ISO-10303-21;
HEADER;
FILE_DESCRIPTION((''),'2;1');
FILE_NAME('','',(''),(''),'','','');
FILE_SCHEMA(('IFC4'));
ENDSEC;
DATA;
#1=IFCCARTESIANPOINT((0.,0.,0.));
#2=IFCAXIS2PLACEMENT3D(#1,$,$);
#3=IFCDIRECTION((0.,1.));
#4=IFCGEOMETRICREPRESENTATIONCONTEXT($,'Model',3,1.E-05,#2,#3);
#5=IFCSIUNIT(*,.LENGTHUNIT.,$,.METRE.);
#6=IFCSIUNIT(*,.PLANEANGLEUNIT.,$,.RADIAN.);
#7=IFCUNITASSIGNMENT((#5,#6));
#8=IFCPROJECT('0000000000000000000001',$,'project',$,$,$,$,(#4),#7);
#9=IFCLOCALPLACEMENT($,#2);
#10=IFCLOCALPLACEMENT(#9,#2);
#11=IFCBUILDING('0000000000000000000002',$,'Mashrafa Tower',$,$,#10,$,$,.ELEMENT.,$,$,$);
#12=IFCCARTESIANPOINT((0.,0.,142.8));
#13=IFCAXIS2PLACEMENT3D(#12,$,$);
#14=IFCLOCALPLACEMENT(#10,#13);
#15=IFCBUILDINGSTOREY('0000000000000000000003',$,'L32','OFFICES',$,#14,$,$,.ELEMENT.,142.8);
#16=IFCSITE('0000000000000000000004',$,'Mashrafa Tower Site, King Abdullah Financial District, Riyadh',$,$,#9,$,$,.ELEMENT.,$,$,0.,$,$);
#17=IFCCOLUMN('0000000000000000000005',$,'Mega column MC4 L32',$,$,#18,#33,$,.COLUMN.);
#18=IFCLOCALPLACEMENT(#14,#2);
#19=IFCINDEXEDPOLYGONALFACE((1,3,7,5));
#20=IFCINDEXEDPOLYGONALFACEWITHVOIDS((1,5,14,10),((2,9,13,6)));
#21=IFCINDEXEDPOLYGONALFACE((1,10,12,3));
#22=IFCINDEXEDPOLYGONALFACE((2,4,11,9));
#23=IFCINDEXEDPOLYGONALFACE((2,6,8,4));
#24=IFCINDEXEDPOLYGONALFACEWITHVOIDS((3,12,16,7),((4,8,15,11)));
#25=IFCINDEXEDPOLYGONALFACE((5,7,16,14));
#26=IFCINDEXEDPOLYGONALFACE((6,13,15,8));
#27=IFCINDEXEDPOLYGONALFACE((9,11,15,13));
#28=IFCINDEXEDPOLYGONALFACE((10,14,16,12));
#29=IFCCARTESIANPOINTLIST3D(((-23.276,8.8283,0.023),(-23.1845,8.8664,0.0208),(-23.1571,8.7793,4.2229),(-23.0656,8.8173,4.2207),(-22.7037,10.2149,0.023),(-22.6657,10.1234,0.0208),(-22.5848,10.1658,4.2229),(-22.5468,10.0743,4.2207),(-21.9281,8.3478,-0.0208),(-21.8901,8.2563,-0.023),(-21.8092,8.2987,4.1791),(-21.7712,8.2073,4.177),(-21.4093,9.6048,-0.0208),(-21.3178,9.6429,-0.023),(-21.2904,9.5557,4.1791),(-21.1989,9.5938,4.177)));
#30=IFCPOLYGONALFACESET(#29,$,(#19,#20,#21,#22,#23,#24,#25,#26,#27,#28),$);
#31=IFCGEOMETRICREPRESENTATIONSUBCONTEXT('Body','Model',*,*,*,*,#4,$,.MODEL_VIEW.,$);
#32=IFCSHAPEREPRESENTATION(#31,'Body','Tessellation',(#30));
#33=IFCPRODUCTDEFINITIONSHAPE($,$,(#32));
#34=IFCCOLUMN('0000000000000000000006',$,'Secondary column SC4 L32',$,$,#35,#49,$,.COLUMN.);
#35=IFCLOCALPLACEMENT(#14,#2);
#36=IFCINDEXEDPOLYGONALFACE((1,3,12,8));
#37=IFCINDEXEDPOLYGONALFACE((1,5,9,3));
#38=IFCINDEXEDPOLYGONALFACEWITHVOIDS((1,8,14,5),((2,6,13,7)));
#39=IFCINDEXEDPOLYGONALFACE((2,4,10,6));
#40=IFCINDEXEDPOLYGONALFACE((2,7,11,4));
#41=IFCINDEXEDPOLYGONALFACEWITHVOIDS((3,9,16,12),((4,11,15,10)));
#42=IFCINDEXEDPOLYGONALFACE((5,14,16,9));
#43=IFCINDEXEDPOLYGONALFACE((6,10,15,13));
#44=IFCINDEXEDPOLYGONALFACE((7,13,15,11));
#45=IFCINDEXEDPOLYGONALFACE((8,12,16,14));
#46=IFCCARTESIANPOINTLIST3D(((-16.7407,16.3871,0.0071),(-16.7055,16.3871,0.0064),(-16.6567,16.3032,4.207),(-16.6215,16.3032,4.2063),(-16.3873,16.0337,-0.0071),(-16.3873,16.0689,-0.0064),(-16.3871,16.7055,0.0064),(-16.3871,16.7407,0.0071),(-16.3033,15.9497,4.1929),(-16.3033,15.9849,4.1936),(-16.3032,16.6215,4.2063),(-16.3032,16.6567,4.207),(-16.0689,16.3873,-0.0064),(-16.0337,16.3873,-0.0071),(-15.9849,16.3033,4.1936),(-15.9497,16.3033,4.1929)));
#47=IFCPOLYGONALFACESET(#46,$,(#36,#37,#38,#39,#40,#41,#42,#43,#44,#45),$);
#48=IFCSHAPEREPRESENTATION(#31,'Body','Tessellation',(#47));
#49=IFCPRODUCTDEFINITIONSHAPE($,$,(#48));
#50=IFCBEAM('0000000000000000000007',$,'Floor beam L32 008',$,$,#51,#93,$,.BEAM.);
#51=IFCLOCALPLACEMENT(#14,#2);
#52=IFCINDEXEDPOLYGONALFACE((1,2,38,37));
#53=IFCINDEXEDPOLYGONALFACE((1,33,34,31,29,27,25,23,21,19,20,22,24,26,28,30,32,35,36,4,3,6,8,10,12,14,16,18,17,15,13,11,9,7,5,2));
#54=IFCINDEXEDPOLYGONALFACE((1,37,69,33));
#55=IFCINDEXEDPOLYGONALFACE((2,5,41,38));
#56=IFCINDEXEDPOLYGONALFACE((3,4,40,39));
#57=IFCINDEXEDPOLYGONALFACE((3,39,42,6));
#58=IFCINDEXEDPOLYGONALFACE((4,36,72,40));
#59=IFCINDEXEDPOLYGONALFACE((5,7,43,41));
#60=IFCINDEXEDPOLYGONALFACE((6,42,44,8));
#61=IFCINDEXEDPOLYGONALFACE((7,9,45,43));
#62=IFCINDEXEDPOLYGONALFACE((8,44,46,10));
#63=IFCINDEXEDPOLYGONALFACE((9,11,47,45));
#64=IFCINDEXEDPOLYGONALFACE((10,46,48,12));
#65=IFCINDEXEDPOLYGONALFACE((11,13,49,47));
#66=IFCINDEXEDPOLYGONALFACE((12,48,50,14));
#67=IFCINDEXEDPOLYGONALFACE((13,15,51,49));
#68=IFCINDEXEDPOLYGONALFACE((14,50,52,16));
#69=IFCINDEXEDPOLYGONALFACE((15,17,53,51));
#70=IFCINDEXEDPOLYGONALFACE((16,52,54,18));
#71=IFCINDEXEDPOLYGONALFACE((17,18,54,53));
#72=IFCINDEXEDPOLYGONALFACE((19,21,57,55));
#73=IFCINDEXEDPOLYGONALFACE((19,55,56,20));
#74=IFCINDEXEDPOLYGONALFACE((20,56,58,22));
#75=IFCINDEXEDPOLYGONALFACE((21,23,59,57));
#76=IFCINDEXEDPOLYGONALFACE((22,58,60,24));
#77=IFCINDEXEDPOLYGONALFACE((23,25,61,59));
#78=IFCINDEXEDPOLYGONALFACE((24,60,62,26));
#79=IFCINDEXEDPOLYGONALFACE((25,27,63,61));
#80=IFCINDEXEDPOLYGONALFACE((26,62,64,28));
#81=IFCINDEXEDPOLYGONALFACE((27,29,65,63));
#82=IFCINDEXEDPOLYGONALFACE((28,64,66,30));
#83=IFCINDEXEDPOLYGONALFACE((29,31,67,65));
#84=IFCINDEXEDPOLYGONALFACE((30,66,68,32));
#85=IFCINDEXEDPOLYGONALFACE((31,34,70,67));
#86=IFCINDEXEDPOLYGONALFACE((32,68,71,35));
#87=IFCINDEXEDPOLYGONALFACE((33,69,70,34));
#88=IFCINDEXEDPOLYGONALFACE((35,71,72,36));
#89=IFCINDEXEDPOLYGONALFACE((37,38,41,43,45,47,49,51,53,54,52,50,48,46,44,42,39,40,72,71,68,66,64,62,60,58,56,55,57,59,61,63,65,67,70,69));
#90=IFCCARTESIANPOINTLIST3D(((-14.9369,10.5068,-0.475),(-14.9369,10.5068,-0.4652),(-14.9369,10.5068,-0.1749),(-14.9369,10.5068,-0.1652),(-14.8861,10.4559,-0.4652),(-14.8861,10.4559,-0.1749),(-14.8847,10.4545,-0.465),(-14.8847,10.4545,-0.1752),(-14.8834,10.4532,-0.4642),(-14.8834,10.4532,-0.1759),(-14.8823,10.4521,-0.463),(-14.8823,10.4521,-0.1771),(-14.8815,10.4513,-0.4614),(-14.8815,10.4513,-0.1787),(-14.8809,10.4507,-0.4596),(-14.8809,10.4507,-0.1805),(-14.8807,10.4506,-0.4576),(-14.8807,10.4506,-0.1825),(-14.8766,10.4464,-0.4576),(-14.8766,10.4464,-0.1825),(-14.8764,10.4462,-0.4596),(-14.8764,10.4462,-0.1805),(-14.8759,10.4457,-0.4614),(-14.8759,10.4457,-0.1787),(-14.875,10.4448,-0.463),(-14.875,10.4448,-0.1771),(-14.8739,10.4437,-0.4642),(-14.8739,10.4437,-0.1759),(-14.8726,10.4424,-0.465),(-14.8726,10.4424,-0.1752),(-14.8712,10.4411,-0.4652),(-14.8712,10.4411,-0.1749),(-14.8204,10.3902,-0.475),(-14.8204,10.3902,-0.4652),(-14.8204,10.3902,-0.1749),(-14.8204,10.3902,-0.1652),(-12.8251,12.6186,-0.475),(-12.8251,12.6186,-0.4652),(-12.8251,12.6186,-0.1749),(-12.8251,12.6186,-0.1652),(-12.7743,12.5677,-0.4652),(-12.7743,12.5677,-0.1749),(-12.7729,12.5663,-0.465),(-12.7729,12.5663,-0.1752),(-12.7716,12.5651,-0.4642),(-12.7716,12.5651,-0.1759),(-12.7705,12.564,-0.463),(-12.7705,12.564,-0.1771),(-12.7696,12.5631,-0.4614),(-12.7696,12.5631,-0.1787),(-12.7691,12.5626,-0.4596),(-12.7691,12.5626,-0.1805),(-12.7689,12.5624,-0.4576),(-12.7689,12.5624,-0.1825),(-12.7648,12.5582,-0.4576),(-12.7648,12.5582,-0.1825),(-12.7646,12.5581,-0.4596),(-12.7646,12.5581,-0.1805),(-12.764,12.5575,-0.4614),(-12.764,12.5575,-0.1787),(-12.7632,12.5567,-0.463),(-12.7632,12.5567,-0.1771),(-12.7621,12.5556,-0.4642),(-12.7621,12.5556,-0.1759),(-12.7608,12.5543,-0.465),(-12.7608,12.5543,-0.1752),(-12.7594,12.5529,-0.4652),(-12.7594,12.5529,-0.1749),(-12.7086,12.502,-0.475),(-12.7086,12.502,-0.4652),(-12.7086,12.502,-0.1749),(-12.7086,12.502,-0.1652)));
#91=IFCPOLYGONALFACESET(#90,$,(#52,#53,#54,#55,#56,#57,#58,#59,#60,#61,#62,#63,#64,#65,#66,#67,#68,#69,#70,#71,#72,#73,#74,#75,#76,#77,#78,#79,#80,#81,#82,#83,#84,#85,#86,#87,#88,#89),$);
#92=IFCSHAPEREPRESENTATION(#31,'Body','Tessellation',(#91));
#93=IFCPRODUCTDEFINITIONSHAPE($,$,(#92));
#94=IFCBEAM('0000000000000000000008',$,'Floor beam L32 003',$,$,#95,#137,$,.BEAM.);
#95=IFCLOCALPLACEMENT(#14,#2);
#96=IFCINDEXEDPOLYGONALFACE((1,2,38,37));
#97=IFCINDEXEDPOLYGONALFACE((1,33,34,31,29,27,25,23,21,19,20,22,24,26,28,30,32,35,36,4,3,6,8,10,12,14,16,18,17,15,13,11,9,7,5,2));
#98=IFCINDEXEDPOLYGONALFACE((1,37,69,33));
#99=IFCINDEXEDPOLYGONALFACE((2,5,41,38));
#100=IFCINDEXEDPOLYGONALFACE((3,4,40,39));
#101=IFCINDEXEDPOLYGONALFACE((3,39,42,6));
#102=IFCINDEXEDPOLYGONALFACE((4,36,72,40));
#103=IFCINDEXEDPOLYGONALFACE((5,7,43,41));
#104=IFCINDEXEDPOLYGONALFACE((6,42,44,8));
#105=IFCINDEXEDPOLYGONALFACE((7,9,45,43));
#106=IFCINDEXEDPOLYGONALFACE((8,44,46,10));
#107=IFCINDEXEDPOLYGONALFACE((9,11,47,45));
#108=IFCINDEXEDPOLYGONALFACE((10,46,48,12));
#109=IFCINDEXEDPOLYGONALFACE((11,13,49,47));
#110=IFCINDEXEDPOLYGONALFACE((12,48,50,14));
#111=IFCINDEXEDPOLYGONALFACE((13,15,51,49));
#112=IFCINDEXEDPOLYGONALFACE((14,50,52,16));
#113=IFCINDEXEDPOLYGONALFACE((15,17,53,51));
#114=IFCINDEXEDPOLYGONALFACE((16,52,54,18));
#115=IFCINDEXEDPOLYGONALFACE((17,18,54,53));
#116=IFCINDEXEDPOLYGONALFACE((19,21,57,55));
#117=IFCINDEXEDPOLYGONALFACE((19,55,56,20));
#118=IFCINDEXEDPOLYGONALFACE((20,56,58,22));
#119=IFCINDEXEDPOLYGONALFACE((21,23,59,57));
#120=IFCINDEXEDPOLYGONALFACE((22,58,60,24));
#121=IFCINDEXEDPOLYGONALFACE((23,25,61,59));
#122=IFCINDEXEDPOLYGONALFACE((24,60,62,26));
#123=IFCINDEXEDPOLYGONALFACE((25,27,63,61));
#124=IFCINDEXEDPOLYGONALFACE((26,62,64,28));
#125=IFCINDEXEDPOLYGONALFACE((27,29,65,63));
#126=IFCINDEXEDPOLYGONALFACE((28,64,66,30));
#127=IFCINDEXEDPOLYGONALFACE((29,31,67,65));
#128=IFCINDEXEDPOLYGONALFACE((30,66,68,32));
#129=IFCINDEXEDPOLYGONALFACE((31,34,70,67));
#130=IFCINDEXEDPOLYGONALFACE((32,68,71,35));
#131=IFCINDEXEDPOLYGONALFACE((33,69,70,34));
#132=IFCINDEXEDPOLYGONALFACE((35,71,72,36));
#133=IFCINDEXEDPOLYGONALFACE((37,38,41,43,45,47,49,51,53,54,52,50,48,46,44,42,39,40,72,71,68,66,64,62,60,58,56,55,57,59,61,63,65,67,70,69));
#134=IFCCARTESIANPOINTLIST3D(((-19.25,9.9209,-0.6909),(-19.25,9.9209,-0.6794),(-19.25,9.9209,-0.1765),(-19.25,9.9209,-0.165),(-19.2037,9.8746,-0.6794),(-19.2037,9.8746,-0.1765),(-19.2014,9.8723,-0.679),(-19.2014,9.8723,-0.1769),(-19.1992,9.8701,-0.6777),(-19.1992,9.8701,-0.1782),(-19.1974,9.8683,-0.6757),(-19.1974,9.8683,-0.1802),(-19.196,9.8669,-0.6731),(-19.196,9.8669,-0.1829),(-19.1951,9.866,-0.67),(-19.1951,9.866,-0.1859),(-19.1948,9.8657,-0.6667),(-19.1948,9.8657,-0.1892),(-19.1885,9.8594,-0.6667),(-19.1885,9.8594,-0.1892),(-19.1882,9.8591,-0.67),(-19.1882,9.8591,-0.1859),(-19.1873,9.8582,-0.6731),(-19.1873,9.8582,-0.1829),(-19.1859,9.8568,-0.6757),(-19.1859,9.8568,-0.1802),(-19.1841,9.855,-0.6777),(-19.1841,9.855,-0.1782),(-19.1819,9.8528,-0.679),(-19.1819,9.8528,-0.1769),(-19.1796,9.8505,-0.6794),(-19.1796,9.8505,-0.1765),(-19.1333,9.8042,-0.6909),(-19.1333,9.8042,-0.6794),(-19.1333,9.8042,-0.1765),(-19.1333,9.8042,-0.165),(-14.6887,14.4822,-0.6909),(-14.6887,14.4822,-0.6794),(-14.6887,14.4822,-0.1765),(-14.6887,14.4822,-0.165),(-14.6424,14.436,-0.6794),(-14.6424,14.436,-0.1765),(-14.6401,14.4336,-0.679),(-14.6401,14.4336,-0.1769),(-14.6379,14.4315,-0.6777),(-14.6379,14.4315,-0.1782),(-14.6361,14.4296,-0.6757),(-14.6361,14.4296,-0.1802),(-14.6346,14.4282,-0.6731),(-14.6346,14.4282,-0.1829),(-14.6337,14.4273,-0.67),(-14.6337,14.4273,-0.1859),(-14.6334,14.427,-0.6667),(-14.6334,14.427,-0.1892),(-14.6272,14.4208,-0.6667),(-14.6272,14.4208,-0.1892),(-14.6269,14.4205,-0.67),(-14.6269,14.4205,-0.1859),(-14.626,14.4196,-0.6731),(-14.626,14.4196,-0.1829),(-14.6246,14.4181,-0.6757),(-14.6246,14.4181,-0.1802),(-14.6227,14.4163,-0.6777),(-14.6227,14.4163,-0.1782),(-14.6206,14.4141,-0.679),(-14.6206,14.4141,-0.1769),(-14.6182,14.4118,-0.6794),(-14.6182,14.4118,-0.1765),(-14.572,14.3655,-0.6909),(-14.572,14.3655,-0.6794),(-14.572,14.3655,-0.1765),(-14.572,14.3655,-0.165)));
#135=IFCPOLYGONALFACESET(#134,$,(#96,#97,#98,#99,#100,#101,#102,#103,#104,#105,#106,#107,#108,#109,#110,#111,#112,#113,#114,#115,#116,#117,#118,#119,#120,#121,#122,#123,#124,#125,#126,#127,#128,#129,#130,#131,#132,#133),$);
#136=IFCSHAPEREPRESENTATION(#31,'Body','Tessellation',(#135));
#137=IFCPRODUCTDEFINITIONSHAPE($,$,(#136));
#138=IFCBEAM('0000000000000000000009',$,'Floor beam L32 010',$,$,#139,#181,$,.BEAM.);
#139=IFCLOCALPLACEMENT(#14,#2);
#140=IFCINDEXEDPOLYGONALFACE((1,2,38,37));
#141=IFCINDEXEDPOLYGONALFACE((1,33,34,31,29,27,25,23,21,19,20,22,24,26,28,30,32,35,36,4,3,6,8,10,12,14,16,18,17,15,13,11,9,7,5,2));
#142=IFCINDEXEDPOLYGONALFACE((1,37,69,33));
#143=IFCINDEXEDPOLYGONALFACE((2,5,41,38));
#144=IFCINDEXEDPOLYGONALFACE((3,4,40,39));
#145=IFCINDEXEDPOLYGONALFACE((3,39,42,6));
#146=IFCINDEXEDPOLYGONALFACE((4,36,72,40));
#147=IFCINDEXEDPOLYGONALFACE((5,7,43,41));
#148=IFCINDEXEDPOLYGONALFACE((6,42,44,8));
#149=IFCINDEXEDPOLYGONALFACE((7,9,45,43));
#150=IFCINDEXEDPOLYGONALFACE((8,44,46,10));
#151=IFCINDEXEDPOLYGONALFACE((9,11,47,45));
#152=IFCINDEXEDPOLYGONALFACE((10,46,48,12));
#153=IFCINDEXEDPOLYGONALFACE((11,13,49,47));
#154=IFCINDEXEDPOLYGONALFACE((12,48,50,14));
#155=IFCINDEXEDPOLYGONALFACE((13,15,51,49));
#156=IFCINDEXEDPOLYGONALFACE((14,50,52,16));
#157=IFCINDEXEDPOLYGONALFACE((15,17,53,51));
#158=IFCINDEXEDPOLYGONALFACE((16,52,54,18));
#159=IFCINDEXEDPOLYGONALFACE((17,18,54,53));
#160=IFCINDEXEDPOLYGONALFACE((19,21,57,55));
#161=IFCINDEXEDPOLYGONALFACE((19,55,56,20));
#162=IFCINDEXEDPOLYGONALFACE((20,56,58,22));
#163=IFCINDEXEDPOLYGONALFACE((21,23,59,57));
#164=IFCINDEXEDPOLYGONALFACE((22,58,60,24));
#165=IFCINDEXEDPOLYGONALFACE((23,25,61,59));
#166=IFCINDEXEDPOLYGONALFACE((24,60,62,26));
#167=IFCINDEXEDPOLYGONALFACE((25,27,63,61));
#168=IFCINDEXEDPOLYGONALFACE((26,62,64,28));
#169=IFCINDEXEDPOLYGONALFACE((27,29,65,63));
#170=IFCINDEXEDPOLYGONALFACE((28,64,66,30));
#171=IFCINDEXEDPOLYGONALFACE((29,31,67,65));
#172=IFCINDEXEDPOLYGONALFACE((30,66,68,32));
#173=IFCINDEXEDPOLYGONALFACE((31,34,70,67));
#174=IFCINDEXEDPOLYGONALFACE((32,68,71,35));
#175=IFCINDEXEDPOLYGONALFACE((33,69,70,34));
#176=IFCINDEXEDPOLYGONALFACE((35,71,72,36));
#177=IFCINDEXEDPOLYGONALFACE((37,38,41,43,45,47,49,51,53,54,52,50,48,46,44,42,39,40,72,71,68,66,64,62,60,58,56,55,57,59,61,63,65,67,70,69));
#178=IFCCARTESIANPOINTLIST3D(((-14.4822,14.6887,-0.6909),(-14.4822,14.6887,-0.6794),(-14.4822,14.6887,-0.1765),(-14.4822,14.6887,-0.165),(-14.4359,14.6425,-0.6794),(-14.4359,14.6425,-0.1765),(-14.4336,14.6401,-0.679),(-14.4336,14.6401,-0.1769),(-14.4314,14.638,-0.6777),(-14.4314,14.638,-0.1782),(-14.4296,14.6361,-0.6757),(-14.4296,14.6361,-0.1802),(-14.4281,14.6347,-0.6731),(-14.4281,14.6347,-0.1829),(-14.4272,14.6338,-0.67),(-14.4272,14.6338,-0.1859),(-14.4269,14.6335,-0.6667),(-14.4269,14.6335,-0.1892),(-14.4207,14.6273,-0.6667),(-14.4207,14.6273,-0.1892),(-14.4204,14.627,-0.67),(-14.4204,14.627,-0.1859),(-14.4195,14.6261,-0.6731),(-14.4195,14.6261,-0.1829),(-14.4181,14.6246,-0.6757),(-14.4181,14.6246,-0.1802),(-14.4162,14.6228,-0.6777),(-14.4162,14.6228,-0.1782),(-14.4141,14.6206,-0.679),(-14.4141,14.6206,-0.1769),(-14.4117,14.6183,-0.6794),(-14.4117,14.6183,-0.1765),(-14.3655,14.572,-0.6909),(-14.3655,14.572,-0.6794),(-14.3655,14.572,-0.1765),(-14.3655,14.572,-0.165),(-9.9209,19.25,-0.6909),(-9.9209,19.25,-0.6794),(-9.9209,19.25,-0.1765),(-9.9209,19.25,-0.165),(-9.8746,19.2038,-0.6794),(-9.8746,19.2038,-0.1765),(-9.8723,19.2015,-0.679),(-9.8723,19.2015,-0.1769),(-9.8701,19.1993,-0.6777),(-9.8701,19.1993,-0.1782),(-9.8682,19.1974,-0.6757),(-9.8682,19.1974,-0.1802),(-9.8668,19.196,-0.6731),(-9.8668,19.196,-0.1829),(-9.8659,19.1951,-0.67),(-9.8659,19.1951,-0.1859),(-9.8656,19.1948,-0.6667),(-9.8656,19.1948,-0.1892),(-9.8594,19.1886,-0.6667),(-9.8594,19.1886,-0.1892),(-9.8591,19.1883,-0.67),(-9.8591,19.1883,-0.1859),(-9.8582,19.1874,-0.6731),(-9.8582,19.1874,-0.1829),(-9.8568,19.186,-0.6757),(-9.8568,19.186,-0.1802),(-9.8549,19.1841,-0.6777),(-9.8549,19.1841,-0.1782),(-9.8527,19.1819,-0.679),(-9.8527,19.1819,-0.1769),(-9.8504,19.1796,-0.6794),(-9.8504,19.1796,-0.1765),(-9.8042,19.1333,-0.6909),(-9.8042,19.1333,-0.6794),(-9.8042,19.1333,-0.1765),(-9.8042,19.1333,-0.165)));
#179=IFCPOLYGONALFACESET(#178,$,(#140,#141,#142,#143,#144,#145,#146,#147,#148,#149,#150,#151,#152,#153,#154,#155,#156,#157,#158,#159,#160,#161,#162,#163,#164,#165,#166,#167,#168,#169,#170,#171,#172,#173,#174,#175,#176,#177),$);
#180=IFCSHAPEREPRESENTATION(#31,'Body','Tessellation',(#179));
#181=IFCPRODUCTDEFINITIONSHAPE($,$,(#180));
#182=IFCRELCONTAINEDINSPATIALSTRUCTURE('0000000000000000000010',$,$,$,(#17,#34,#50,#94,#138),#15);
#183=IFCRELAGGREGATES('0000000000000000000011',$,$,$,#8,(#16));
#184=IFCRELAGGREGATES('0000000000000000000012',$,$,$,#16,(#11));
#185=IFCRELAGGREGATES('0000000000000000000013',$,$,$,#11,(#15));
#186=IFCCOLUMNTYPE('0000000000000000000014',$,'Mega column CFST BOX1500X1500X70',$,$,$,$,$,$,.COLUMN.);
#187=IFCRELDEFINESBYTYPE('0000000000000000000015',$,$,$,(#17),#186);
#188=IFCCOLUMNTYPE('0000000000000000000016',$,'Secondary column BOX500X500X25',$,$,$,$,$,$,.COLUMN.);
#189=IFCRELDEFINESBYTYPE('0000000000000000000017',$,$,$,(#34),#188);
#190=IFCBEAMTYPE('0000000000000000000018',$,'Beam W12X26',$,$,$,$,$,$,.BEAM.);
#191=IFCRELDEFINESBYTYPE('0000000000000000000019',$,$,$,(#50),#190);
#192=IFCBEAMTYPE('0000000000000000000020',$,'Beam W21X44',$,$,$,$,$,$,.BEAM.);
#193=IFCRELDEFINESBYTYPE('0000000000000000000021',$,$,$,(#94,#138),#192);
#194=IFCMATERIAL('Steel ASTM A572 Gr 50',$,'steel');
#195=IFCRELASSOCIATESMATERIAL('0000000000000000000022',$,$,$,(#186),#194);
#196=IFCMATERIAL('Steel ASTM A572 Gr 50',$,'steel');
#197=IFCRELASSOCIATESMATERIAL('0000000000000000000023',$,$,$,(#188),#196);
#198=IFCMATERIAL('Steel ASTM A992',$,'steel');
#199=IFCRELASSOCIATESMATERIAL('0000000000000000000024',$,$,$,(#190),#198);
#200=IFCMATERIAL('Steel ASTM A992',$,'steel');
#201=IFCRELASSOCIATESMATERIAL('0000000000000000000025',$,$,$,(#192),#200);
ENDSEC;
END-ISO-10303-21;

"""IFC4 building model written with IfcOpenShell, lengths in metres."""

from ifc_helpers import new_model, si_unit, direction, frame, origin, origin_2d, place, context, subcontext, project, spatial, hollow_rectangle, i_section, extrude, material, material_profile, profile_set, type_object, element, save


model = new_model("IFC4")

# Units and contexts
model_context = context("Model", 3, precision=1e-05, world=origin(), true_north=direction((0.0, 1.0)))
body_context = subcontext(model_context, "Body", "Model", "MODEL_VIEW")
ifc_project = project(units=[si_unit("LENGTHUNIT", "METRE"), si_unit("PLANEANGLEUNIT", "RADIAN")], contexts=[model_context])

# Site, building, storey
site_placement = place(None, origin())
site = spatial("IfcSite", under=ifc_project, at=site_placement, Name="Mashrafa Tower Site, King Abdullah Financial District, Riyadh", CompositionType="ELEMENT", RefElevation=0.0)
building_placement = place(site_placement, origin())
building = spatial("IfcBuilding", under=site, at=building_placement, Name="Mashrafa Tower", CompositionType="ELEMENT")
storey_placement = place(building_placement, frame((0.0, 0.0, 142.8)))
storey = spatial("IfcBuildingStorey", under=building, at=storey_placement, Name="L32", Description="OFFICES", CompositionType="ELEMENT", Elevation=142.8)

# Columns
ifc_material_1 = material(Name="Steel ASTM A572 Gr 50", Category="steel")
ifc_material_profile_1 = material_profile(ifc_material_1, hollow_rectangle(XDim=1.5, YDim=1.5, WallThickness=0.0701, at=origin_2d()), Name="BOX1500X1500X70")
ifc_profile_set_1 = profile_set([ifc_material_profile_1], Name="Steel ASTM A572 Gr 50")
column_type_1 = type_object("IfcColumnType", Name="Mega column CFST BOX1500X1500X70", PredefinedType="COLUMN", material=ifc_profile_set_1)
column_1_placement = place(storey_placement, frame((-22.2969, 9.2356, 0.0), z_axis=(0.028296, -0.011679, 0.999531), x_axis=(0.381513, 0.924363, 0.0)))
element("IfcColumn", 1, at=column_1_placement, inside=storey, type_object=column_type_1, Name="Mega column MC4 L32", PredefinedType="COLUMN", context=body_context, shape_type="SweptSolid", body=[
    extrude(hollow_rectangle(XDim=1.5, YDim=1.5, WallThickness=0.0701, at=origin_2d()), origin(), (0.0, 0.0, 1.0), 4.2019),
])
ifc_material_2 = material(Name="Steel ASTM A572 Gr 50", Category="steel")
ifc_material_profile_2 = material_profile(ifc_material_2, hollow_rectangle(XDim=0.5, YDim=0.5, WallThickness=0.0249, at=origin_2d()), Name="BOX500X500X25")
ifc_profile_set_2 = profile_set([ifc_material_profile_2], Name="Steel ASTM A572 Gr 50")
column_type_2 = type_object("IfcColumnType", Name="Secondary column BOX500X500X25", PredefinedType="COLUMN", material=ifc_profile_set_2)
column_2_placement = place(storey_placement, frame((-16.3872, 16.3872, 0.0), z_axis=(0.019989, -0.019989, 0.9996), x_axis=(0.707107, 0.707107, 0.0)))
element("IfcColumn", 2, at=column_2_placement, inside=storey, type_object=column_type_2, Name="Secondary column SC4 L32", PredefinedType="COLUMN", context=body_context, shape_type="SweptSolid", body=[
    extrude(hollow_rectangle(XDim=0.5, YDim=0.5, WallThickness=0.0249, at=origin_2d()), origin(), (0.0, 0.0, 1.0), 4.2017),
])

# Beams
ifc_material_3 = material(Name="Steel ASTM A992", Category="steel")
ifc_material_profile_3 = material_profile(ifc_material_3, i_section(OverallWidth=0.1648, OverallDepth=0.3098, WebThickness=0.0059, FlangeThickness=0.0098, FilletRadius=0.0076, at=origin_2d()), Name="W12X26")
ifc_profile_set_3 = profile_set([ifc_material_profile_3], Name="Steel ASTM A992")
beam_type_1 = type_object("IfcBeamType", Name="Beam W12X26", PredefinedType="BEAM", material=ifc_profile_set_3)
beam_placement = place(storey_placement, frame((-14.8787, 10.4485, -0.3201), z_axis=(0.707107, 0.707107, 0.0), x_axis=(-0.707107, 0.707107, 0.0)))
element("IfcBeam", 3, at=beam_placement, inside=storey, type_object=beam_type_1, Name="Floor beam L32 008", PredefinedType="BEAM", context=body_context, shape_type="SweptSolid", body=[
    extrude(i_section(OverallWidth=0.1648, OverallDepth=0.3098, WebThickness=0.0059, FlangeThickness=0.0098, FilletRadius=0.0076, at=origin_2d()), origin(), (0.0, 0.0, 1.0), 2.9866),
])
ifc_material_4 = material(Name="Steel ASTM A992", Category="steel")
ifc_material_profile_4 = material_profile(ifc_material_4, i_section(OverallWidth=0.165, OverallDepth=0.5259, WebThickness=0.0088, FlangeThickness=0.0115, FilletRadius=0.0127, at=origin_2d()), Name="W21X44")
ifc_profile_set_4 = profile_set([ifc_material_profile_4], Name="Steel ASTM A992")
beam_type_2 = type_object("IfcBeamType", Name="Beam W21X44", PredefinedType="BEAM", material=ifc_profile_set_4)
for number, where, z_axis, x_axis, name in (
    (4, (-19.1917, 9.8625, -0.428), (0.707107, 0.707107, 0.0), (-0.707107, 0.707107, 0.0), "Floor beam L32 003"),
    (5, (-14.4238, 14.6304, -0.428), (0.707107, 0.707107, 0.0), (-0.707107, 0.707107, 0.0), "Floor beam L32 010"),
):
    element("IfcBeam", number, at=place(storey_placement, frame(where, z_axis=z_axis, x_axis=x_axis)), inside=storey, type_object=beam_type_2, Name=name, PredefinedType="BEAM", context=body_context, shape_type="SweptSolid", body=[
        extrude(i_section(OverallWidth=0.165, OverallDepth=0.5259, WebThickness=0.0088, FlangeThickness=0.0115, FilletRadius=0.0127, at=origin_2d()), origin(), (0.0, 0.0, 1.0), 6.4507),
    ])

save(model, "model.ifc")
